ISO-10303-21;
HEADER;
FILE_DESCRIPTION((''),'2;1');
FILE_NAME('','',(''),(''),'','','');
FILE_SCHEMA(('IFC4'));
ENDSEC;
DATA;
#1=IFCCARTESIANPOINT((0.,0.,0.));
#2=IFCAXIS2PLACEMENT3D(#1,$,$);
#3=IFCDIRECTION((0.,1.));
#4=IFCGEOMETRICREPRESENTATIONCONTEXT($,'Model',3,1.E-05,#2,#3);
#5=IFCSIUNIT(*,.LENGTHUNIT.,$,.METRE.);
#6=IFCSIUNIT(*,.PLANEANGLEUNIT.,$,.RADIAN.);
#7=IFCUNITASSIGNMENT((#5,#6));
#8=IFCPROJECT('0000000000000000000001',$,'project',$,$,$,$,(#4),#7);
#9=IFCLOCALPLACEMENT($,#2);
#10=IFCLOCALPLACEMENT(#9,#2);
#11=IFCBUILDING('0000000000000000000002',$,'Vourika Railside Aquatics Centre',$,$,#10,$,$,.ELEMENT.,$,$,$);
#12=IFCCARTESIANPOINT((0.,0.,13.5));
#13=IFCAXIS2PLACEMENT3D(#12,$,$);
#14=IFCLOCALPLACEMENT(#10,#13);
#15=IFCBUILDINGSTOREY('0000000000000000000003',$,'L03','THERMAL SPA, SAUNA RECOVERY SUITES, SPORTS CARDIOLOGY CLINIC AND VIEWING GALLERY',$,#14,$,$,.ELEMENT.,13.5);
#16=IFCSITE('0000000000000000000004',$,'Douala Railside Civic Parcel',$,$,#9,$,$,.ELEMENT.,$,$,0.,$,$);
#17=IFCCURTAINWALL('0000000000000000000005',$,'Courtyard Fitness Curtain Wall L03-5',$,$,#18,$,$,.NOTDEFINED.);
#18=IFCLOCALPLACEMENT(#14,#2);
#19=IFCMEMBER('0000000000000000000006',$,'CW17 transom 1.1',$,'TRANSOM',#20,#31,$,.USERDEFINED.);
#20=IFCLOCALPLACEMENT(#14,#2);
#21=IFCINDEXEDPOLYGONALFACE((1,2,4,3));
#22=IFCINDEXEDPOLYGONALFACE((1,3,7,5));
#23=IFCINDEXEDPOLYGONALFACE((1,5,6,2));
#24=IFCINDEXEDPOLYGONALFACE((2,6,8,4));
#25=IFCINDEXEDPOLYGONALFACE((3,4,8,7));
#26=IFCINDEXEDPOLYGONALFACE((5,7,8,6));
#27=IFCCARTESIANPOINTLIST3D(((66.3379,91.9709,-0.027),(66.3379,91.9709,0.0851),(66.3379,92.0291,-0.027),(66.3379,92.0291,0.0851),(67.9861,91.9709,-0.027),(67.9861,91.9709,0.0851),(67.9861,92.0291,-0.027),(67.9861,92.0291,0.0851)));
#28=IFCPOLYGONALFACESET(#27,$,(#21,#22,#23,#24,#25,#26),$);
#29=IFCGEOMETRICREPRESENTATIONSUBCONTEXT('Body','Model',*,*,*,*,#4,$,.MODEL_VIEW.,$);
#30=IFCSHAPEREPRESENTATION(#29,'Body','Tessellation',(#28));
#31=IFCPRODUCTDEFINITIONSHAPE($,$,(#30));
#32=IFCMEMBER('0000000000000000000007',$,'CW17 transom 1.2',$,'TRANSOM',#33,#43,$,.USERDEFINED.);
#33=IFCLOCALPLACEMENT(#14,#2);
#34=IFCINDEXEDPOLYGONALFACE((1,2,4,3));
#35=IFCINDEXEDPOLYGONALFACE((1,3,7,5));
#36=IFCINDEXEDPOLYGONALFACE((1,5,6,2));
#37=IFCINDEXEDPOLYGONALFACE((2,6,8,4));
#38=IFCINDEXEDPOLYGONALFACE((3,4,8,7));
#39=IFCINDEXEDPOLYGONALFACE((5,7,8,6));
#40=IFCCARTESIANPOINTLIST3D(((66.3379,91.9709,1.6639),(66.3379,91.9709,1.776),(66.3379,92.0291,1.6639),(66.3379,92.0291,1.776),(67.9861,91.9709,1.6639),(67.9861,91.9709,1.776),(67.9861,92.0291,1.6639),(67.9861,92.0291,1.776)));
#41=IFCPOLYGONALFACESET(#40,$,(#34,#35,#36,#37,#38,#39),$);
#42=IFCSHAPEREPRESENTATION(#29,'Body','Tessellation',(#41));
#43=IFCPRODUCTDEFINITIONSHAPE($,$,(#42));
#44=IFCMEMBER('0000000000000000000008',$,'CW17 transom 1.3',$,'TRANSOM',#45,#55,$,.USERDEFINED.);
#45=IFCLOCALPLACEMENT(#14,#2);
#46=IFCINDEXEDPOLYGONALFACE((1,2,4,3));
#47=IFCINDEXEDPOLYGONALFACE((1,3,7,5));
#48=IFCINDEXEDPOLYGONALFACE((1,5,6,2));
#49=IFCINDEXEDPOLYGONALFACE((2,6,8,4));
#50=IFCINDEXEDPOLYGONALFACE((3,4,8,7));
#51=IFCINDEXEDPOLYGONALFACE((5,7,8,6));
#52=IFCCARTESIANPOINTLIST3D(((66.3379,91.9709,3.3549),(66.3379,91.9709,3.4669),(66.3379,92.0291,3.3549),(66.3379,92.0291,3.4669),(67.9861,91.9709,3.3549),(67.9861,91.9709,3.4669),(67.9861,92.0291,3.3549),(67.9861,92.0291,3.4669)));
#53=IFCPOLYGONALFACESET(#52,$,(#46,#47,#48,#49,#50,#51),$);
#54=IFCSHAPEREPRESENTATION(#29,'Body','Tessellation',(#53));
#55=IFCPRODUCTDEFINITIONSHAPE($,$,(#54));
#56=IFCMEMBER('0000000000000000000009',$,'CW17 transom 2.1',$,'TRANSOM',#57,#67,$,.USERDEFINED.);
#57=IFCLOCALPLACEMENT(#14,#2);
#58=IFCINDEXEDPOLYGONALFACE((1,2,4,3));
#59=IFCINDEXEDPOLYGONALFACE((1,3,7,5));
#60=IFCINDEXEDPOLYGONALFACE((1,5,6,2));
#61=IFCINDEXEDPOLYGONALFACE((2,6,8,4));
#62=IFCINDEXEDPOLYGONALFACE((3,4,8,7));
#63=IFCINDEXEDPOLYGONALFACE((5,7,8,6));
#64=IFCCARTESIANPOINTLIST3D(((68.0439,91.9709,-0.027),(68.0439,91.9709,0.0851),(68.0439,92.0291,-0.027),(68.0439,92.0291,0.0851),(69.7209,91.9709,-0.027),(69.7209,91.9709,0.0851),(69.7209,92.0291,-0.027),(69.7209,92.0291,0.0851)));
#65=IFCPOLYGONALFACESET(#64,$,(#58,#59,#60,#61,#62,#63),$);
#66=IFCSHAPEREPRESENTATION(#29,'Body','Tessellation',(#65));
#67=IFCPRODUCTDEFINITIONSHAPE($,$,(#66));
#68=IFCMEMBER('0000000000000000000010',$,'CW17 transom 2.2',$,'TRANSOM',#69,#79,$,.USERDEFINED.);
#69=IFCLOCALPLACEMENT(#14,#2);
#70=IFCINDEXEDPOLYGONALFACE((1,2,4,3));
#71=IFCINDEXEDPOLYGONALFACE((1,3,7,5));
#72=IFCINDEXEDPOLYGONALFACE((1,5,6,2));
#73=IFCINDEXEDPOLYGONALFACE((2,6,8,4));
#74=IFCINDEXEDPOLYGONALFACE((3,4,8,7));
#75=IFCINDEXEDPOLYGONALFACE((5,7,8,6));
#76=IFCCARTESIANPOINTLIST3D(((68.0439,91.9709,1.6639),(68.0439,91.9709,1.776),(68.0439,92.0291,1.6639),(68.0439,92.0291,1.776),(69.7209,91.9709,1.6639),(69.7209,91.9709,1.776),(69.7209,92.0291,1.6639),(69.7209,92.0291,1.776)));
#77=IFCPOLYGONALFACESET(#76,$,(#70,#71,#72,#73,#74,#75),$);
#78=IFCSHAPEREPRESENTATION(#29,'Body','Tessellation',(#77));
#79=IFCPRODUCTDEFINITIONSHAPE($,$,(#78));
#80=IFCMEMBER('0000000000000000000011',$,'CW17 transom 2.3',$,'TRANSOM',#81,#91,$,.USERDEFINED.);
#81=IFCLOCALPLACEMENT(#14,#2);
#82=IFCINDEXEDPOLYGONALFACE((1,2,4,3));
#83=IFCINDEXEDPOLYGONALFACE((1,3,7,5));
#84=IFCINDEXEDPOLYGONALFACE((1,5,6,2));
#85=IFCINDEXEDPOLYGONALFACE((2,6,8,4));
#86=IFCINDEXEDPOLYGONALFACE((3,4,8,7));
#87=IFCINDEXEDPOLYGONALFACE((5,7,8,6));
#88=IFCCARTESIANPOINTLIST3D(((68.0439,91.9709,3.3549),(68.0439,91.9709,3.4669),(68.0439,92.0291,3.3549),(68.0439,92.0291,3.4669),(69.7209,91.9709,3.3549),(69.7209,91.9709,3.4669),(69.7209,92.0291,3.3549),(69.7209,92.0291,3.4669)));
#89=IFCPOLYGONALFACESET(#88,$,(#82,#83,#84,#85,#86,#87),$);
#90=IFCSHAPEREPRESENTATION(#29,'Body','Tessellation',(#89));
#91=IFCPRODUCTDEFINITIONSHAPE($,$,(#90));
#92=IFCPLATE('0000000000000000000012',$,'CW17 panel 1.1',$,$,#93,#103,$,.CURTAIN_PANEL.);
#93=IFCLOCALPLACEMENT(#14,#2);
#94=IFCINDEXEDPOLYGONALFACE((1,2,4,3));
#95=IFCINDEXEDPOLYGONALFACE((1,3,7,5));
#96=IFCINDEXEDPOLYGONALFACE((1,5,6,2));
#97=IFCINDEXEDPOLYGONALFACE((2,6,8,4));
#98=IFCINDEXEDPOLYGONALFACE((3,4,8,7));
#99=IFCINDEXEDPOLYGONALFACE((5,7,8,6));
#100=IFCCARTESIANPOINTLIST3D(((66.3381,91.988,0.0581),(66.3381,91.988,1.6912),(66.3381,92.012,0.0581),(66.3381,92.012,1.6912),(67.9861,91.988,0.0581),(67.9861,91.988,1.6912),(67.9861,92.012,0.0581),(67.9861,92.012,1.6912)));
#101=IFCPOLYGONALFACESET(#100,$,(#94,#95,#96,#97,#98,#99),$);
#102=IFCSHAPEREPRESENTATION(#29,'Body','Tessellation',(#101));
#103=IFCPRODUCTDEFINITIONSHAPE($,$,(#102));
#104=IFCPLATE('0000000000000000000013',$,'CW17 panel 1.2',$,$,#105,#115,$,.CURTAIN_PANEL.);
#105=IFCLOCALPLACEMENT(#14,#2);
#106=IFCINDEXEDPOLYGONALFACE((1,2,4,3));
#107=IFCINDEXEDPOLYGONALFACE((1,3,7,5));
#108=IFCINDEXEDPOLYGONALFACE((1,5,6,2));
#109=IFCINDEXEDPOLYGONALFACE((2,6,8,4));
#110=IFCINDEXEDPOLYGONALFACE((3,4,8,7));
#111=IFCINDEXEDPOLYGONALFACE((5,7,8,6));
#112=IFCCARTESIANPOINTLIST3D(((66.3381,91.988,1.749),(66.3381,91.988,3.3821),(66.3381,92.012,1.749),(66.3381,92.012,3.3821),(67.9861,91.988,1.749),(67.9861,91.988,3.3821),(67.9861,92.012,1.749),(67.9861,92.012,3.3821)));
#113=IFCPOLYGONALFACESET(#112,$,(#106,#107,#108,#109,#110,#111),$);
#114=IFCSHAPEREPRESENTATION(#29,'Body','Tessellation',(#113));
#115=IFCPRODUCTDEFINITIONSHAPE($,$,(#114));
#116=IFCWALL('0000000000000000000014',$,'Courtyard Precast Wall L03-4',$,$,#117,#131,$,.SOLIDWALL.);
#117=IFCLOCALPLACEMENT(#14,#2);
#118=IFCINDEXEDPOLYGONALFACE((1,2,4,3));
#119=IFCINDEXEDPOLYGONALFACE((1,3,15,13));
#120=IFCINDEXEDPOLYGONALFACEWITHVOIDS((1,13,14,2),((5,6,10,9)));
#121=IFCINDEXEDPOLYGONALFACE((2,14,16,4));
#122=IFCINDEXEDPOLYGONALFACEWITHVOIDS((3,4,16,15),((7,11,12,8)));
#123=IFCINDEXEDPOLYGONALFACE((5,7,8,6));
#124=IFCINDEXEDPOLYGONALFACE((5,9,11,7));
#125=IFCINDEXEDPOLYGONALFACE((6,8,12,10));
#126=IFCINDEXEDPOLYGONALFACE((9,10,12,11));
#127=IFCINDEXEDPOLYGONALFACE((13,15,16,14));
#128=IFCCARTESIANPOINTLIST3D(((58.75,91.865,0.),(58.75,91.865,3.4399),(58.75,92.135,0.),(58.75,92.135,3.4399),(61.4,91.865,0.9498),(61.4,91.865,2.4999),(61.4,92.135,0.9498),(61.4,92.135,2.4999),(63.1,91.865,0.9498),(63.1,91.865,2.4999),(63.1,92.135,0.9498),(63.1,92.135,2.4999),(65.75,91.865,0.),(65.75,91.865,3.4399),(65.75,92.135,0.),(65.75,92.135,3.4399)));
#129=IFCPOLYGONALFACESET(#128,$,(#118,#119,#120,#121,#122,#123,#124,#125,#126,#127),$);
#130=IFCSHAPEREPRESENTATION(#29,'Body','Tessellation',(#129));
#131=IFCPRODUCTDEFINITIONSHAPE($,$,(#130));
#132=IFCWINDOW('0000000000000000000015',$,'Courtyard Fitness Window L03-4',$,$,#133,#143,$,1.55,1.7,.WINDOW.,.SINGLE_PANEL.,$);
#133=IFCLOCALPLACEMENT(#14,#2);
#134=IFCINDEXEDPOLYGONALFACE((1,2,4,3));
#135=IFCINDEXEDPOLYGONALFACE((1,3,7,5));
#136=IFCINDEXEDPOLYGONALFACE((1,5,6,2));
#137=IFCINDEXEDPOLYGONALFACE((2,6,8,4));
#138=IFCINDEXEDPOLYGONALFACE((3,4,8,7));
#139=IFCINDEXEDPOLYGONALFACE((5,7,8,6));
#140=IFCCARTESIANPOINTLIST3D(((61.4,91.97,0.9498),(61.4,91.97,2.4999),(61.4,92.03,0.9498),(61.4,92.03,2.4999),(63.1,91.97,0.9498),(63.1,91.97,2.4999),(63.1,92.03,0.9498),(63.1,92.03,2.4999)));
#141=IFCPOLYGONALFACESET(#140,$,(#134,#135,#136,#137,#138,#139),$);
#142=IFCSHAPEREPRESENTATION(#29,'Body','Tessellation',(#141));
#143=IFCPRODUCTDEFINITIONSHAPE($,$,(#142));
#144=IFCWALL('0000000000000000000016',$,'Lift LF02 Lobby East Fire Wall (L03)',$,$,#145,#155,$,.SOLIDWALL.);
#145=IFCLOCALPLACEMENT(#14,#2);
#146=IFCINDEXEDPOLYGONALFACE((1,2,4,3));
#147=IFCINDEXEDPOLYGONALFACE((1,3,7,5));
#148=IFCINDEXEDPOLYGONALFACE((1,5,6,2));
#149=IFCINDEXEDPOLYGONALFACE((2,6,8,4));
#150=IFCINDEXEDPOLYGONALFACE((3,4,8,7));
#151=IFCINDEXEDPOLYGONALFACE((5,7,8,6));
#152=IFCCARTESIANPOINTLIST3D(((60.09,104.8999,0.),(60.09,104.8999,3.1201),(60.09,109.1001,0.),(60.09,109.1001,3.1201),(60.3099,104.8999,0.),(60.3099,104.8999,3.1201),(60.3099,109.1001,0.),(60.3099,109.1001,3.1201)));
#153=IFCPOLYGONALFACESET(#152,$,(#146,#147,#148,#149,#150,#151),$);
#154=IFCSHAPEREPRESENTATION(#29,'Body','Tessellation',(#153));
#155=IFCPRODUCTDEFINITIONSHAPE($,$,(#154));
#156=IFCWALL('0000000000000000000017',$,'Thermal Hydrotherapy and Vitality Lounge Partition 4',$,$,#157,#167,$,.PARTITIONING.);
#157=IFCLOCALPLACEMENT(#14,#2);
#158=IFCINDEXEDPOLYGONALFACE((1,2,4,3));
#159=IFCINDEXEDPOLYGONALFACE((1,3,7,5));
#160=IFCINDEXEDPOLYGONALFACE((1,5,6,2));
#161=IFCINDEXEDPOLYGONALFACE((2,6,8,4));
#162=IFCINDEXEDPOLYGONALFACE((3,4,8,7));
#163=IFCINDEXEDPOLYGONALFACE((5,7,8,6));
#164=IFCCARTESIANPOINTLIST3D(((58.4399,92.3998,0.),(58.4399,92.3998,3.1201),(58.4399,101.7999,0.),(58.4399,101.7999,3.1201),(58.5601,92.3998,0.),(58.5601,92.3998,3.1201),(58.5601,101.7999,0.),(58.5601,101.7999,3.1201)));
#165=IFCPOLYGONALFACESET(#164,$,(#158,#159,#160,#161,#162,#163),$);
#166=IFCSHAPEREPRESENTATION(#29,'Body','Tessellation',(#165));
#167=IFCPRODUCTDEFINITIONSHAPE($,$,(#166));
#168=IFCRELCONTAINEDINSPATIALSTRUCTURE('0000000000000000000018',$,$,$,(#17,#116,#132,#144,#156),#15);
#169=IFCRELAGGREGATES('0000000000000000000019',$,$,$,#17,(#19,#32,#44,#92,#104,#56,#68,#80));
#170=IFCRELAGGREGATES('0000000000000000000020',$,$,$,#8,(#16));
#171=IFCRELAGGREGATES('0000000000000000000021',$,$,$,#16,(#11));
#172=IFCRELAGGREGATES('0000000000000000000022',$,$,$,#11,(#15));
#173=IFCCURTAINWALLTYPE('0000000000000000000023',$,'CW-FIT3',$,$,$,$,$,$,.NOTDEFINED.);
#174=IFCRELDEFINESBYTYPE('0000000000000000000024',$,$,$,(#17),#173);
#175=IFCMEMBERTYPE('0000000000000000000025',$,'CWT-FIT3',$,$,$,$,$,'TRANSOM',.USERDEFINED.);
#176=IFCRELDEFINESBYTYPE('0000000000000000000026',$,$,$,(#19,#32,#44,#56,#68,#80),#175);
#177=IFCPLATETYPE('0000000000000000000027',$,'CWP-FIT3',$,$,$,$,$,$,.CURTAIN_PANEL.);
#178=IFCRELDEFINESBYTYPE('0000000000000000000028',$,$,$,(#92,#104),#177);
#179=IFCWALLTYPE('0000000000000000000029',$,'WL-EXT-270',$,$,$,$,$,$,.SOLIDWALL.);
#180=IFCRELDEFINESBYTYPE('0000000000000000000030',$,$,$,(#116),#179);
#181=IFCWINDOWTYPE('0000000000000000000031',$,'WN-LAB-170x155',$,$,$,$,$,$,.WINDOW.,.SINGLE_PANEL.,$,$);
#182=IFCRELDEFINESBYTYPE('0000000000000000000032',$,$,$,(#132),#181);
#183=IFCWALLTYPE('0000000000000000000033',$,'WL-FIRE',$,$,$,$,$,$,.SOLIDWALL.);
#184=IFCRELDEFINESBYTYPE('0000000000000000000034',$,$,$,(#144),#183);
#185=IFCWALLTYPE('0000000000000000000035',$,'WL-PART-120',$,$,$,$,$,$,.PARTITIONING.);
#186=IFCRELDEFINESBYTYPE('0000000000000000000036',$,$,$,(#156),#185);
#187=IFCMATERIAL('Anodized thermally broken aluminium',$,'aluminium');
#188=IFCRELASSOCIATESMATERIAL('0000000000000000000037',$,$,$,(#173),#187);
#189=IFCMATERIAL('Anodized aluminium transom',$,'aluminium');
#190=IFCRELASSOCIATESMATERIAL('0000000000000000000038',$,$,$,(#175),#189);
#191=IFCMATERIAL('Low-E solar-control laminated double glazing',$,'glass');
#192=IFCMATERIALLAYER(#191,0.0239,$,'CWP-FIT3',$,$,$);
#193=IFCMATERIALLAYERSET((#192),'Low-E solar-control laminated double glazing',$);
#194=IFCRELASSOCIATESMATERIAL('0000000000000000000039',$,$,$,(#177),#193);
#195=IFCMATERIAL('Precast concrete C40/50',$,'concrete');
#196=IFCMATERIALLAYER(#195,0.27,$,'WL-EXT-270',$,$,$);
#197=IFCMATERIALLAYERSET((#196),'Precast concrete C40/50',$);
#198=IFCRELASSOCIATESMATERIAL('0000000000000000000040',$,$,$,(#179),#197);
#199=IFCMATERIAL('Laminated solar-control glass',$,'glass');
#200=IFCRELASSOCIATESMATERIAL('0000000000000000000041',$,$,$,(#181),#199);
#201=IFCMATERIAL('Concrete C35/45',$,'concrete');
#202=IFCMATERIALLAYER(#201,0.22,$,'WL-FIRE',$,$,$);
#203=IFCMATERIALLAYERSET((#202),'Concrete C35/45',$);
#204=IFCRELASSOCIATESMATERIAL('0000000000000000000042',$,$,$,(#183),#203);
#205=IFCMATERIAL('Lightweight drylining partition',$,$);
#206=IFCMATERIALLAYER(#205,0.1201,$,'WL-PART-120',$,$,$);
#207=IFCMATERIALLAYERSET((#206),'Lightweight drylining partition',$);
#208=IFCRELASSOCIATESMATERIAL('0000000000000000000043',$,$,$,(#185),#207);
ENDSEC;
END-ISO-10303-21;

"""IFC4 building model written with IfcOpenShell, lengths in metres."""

from ifc_helpers import new_model, si_unit, direction, frame, frame_2d, origin, origin_2d, place, context, subcontext, project, spatial, rectangle, extrude, material, layer, layer_set, material_profile, profile_set, type_object, element, fill, aggregate, save


model = new_model("IFC4")

# Units and contexts
model_context = context("Model", 3, precision=1e-05, world=origin(), true_north=direction((0.0, 1.0)))
body_context = subcontext(model_context, "Body", "Model", "MODEL_VIEW")
ifc_project = project(units=[si_unit("LENGTHUNIT", "METRE"), si_unit("PLANEANGLEUNIT", "RADIAN")], contexts=[model_context])

# Site, building, storey
site_placement = place(None, origin())
site = spatial("IfcSite", under=ifc_project, at=site_placement, Name="Douala Railside Civic Parcel", CompositionType="ELEMENT", RefElevation=0.0)
building_placement = place(site_placement, origin())
building = spatial("IfcBuilding", under=site, at=building_placement, Name="Vourika Railside Aquatics Centre", CompositionType="ELEMENT")
storey_placement = place(building_placement, frame((0.0, 0.0, 13.5)))
storey = spatial("IfcBuildingStorey", under=building, at=storey_placement, Name="L03", Description="THERMAL SPA, SAUNA RECOVERY SUITES, SPORTS CARDIOLOGY CLINIC AND VIEWING GALLERY", CompositionType="ELEMENT", Elevation=13.5)

# Shared definitions
ifc_material_1 = material(Name="Concrete C35/45", Category="concrete")

# Curtain wall, members, plates
ifc_material_2 = material(Name="Anodized thermally broken aluminium", Category="aluminium")
curtain_wall_type = type_object("IfcCurtainWallType", Name="CW-FIT3", PredefinedType="NOTDEFINED", material=ifc_material_2)
curtain_wall_placement = place(storey_placement, origin())
curtain_wall = element("IfcCurtainWall", 1, at=curtain_wall_placement, inside=storey, type_object=curtain_wall_type, Name="Courtyard Fitness Curtain Wall L03-5", PredefinedType="NOTDEFINED")
ifc_material_3 = material(Name="Anodized aluminium transom", Category="aluminium")
ifc_material_profile_1 = material_profile(ifc_material_3, rectangle(XDim=0.0581, YDim=0.1121, at=origin_2d()), Name="ALU-T 58x112")
ifc_profile_set_1 = profile_set([ifc_material_profile_1], Name="Anodized aluminium transom")
member_type_1 = type_object("IfcMemberType", Name="CWT-FIT3", ElementType="TRANSOM", PredefinedType="USERDEFINED", material=ifc_profile_set_1)
member_1_placement = place(storey_placement, frame((66.3379, 92.0, 0.0291), z_axis=(1.0, 0.0, 0.0), x_axis=(0.0, 1.0, 0.0)))
member_1 = element("IfcMember", 2, at=member_1_placement, type_object=member_type_1, Name="CW17 transom 1.1", ObjectType="TRANSOM", PredefinedType="USERDEFINED", context=body_context, shape_type="SweptSolid", body=[
    extrude(rectangle(XDim=0.0581, YDim=0.1121, at=origin_2d()), origin(), (0.0, 0.0, 1.0), 1.6482),
])
member_2_placement = place(storey_placement, frame((66.3379, 92.0, 1.72), z_axis=(1.0, 0.0, 0.0), x_axis=(0.0, 1.0, 0.0)))
member_2 = element("IfcMember", 3, at=member_2_placement, type_object=member_type_1, Name="CW17 transom 1.2", ObjectType="TRANSOM", PredefinedType="USERDEFINED", context=body_context, shape_type="SweptSolid", body=[
    extrude(rectangle(XDim=0.0581, YDim=0.1121, at=origin_2d()), origin(), (0.0, 0.0, 1.0), 1.6482),
])
member_3_placement = place(storey_placement, frame((66.3379, 92.0, 3.4109), z_axis=(1.0, 0.0, 0.0), x_axis=(0.0, 1.0, 0.0)))
member_3 = element("IfcMember", 4, at=member_3_placement, type_object=member_type_1, Name="CW17 transom 1.3", ObjectType="TRANSOM", PredefinedType="USERDEFINED", context=body_context, shape_type="SweptSolid", body=[
    extrude(rectangle(XDim=0.0581, YDim=0.1121, at=origin_2d()), origin(), (0.0, 0.0, 1.0), 1.6482),
])
member_4_placement = place(storey_placement, frame((68.0439, 92.0, 0.0291), z_axis=(1.0, 0.0, 0.0), x_axis=(0.0, 1.0, 0.0)))
member_4 = element("IfcMember", 5, at=member_4_placement, type_object=member_type_1, Name="CW17 transom 2.1", ObjectType="TRANSOM", PredefinedType="USERDEFINED", context=body_context, shape_type="SweptSolid", body=[
    extrude(rectangle(XDim=0.0581, YDim=0.1121, at=origin_2d()), origin(), (0.0, 0.0, 1.0), 1.677),
])
member_5_placement = place(storey_placement, frame((68.0439, 92.0, 1.72), z_axis=(1.0, 0.0, 0.0), x_axis=(0.0, 1.0, 0.0)))
member_5 = element("IfcMember", 6, at=member_5_placement, type_object=member_type_1, Name="CW17 transom 2.2", ObjectType="TRANSOM", PredefinedType="USERDEFINED", context=body_context, shape_type="SweptSolid", body=[
    extrude(rectangle(XDim=0.0581, YDim=0.1121, at=origin_2d()), origin(), (0.0, 0.0, 1.0), 1.677),
])
member_6_placement = place(storey_placement, frame((68.0439, 92.0, 3.4109), z_axis=(1.0, 0.0, 0.0), x_axis=(0.0, 1.0, 0.0)))
member_6 = element("IfcMember", 7, at=member_6_placement, type_object=member_type_1, Name="CW17 transom 2.3", ObjectType="TRANSOM", PredefinedType="USERDEFINED", context=body_context, shape_type="SweptSolid", body=[
    extrude(rectangle(XDim=0.0581, YDim=0.1121, at=origin_2d()), origin(), (0.0, 0.0, 1.0), 1.677),
])
ifc_material_4 = material(Name="Low-E solar-control laminated double glazing", Category="glass")
ifc_layer_1 = layer(ifc_material_4, 0.0239, Name="CWP-FIT3")
ifc_layer_set_1 = layer_set([ifc_layer_1], Name="Low-E solar-control laminated double glazing")
plate_type = type_object("IfcPlateType", Name="CWP-FIT3", PredefinedType="CURTAIN_PANEL", material=ifc_layer_set_1)
plate_1_placement = place(storey_placement, frame((67.1621, 92.0, 0.0581), z_axis=(0.0, 0.0, 1.0), x_axis=(1.0, 0.0, 0.0)))
plate_1 = element("IfcPlate", 8, at=plate_1_placement, type_object=plate_type, Name="CW17 panel 1.1", PredefinedType="CURTAIN_PANEL", context=body_context, shape_type="SweptSolid", body=[
    extrude(rectangle(XDim=1.6479, YDim=0.0239, at=origin_2d()), origin(), (0.0, 0.0, 1.0), 1.6331),
])
plate_2_placement = place(storey_placement, frame((67.1621, 92.0, 1.749), z_axis=(0.0, 0.0, 1.0), x_axis=(1.0, 0.0, 0.0)))
plate_2 = element("IfcPlate", 9, at=plate_2_placement, type_object=plate_type, Name="CW17 panel 1.2", PredefinedType="CURTAIN_PANEL", context=body_context, shape_type="SweptSolid", body=[
    extrude(rectangle(XDim=1.6479, YDim=0.0239, at=origin_2d()), origin(), (0.0, 0.0, 1.0), 1.6331),
])
aggregate(curtain_wall, [member_1, member_2, member_3, plate_1, plate_2, member_4, member_5, member_6])

# Wall, opening, window
ifc_material_5 = material(Name="Precast concrete C40/50", Category="concrete")
ifc_layer_2 = layer(ifc_material_5, 0.27, Name="WL-EXT-270")
ifc_layer_set_2 = layer_set([ifc_layer_2], Name="Precast concrete C40/50")
wall_type_1 = type_object("IfcWallType", Name="WL-EXT-270", PredefinedType="SOLIDWALL", material=ifc_layer_set_2)
wall_1_placement = place(storey_placement, frame((58.75, 92.0, 0.0), z_axis=(0.0, 0.0, 1.0), x_axis=(1.0, 0.0, 0.0)))
wall_1 = element("IfcWall", 10, at=wall_1_placement, inside=storey, type_object=wall_type_1, Name="Courtyard Precast Wall L03-4", PredefinedType="SOLIDWALL", context=body_context, shape_type="SweptSolid", body=[
    extrude(rectangle(XDim=7.0, YDim=0.27, at=frame_2d((3.5, 0.0))), origin(), (0.0, 0.0, 1.0), 3.4399),
])
opening_1_placement = place(wall_1_placement, frame((2.6499, 0.0, 0.95)))
opening_1 = element("IfcOpeningElement", 11, at=opening_1_placement, cuts=wall_1, PredefinedType="OPENING", context=body_context, shape_type="SweptSolid", body=[
    extrude(rectangle(XDim=1.7, YDim=1.55, at=frame_2d((0.8501, 0.7749))), frame((0.0, 0.145, 0.0), z_axis=(0.0, -1.0, 0.0), x_axis=(1.0, 0.0, 0.0)), (0.0, 0.0, 1.0), 0.29),
])
ifc_material_6 = material(Name="Laminated solar-control glass", Category="glass")
window_type = type_object("IfcWindowType", Name="WN-LAB-170x155", PartitioningType="SINGLE_PANEL", PredefinedType="WINDOW", material=ifc_material_6)
window_placement = place(opening_1_placement, origin())
window = element("IfcWindow", 12, at=window_placement, inside=storey, type_object=window_type, Name="Courtyard Fitness Window L03-4", OverallHeight=1.55, OverallWidth=1.7, PartitioningType="SINGLE_PANEL", PredefinedType="WINDOW", context=body_context, shape_type="SweptSolid", body=[
    extrude(rectangle(XDim=1.7, YDim=1.55, at=frame_2d((0.8501, 0.7749))), frame((0.0, 0.03, 0.0), z_axis=(0.0, -1.0, 0.0), x_axis=(1.0, 0.0, 0.0)), (0.0, 0.0, 1.0), 0.0601),
])
fill(opening_1, window)

# Walls
ifc_layer_3 = layer(ifc_material_1, 0.22, Name="WL-FIRE")
ifc_layer_set_3 = layer_set([ifc_layer_3], Name="Concrete C35/45")
wall_type_2 = type_object("IfcWallType", Name="WL-FIRE", PredefinedType="SOLIDWALL", material=ifc_layer_set_3)
wall_2_placement = place(storey_placement, frame((60.2, 104.8999, 0.0), z_axis=(0.0, 0.0, 1.0), x_axis=(0.0, 1.0, 0.0)))
element("IfcWall", 13, at=wall_2_placement, inside=storey, type_object=wall_type_2, Name="Lift LF02 Lobby East Fire Wall (L03)", PredefinedType="SOLIDWALL", context=body_context, shape_type="SweptSolid", body=[
    extrude(rectangle(XDim=4.2002, YDim=0.22, at=frame_2d((2.1001, 0.0))), origin(), (0.0, 0.0, 1.0), 3.1201),
])
ifc_material_7 = material(Name="Lightweight drylining partition")
ifc_layer_4 = layer(ifc_material_7, 0.1201, Name="WL-PART-120")
ifc_layer_set_4 = layer_set([ifc_layer_4], Name="Lightweight drylining partition")
wall_type_3 = type_object("IfcWallType", Name="WL-PART-120", PredefinedType="PARTITIONING", material=ifc_layer_set_4)
wall_3_placement = place(storey_placement, frame((58.5, 101.8, 0.0), z_axis=(0.0, 0.0, 1.0), x_axis=(0.0, -1.0, 0.0)))
element("IfcWall", 14, at=wall_3_placement, inside=storey, type_object=wall_type_3, Name="Thermal Hydrotherapy and Vitality Lounge Partition 4", PredefinedType="PARTITIONING", context=body_context, shape_type="SweptSolid", body=[
    extrude(rectangle(XDim=9.4001, YDim=0.1201, at=frame_2d((4.7002, 0.0))), origin(), (0.0, 0.0, 1.0), 3.1201),
])

save(model, "model.ifc")
